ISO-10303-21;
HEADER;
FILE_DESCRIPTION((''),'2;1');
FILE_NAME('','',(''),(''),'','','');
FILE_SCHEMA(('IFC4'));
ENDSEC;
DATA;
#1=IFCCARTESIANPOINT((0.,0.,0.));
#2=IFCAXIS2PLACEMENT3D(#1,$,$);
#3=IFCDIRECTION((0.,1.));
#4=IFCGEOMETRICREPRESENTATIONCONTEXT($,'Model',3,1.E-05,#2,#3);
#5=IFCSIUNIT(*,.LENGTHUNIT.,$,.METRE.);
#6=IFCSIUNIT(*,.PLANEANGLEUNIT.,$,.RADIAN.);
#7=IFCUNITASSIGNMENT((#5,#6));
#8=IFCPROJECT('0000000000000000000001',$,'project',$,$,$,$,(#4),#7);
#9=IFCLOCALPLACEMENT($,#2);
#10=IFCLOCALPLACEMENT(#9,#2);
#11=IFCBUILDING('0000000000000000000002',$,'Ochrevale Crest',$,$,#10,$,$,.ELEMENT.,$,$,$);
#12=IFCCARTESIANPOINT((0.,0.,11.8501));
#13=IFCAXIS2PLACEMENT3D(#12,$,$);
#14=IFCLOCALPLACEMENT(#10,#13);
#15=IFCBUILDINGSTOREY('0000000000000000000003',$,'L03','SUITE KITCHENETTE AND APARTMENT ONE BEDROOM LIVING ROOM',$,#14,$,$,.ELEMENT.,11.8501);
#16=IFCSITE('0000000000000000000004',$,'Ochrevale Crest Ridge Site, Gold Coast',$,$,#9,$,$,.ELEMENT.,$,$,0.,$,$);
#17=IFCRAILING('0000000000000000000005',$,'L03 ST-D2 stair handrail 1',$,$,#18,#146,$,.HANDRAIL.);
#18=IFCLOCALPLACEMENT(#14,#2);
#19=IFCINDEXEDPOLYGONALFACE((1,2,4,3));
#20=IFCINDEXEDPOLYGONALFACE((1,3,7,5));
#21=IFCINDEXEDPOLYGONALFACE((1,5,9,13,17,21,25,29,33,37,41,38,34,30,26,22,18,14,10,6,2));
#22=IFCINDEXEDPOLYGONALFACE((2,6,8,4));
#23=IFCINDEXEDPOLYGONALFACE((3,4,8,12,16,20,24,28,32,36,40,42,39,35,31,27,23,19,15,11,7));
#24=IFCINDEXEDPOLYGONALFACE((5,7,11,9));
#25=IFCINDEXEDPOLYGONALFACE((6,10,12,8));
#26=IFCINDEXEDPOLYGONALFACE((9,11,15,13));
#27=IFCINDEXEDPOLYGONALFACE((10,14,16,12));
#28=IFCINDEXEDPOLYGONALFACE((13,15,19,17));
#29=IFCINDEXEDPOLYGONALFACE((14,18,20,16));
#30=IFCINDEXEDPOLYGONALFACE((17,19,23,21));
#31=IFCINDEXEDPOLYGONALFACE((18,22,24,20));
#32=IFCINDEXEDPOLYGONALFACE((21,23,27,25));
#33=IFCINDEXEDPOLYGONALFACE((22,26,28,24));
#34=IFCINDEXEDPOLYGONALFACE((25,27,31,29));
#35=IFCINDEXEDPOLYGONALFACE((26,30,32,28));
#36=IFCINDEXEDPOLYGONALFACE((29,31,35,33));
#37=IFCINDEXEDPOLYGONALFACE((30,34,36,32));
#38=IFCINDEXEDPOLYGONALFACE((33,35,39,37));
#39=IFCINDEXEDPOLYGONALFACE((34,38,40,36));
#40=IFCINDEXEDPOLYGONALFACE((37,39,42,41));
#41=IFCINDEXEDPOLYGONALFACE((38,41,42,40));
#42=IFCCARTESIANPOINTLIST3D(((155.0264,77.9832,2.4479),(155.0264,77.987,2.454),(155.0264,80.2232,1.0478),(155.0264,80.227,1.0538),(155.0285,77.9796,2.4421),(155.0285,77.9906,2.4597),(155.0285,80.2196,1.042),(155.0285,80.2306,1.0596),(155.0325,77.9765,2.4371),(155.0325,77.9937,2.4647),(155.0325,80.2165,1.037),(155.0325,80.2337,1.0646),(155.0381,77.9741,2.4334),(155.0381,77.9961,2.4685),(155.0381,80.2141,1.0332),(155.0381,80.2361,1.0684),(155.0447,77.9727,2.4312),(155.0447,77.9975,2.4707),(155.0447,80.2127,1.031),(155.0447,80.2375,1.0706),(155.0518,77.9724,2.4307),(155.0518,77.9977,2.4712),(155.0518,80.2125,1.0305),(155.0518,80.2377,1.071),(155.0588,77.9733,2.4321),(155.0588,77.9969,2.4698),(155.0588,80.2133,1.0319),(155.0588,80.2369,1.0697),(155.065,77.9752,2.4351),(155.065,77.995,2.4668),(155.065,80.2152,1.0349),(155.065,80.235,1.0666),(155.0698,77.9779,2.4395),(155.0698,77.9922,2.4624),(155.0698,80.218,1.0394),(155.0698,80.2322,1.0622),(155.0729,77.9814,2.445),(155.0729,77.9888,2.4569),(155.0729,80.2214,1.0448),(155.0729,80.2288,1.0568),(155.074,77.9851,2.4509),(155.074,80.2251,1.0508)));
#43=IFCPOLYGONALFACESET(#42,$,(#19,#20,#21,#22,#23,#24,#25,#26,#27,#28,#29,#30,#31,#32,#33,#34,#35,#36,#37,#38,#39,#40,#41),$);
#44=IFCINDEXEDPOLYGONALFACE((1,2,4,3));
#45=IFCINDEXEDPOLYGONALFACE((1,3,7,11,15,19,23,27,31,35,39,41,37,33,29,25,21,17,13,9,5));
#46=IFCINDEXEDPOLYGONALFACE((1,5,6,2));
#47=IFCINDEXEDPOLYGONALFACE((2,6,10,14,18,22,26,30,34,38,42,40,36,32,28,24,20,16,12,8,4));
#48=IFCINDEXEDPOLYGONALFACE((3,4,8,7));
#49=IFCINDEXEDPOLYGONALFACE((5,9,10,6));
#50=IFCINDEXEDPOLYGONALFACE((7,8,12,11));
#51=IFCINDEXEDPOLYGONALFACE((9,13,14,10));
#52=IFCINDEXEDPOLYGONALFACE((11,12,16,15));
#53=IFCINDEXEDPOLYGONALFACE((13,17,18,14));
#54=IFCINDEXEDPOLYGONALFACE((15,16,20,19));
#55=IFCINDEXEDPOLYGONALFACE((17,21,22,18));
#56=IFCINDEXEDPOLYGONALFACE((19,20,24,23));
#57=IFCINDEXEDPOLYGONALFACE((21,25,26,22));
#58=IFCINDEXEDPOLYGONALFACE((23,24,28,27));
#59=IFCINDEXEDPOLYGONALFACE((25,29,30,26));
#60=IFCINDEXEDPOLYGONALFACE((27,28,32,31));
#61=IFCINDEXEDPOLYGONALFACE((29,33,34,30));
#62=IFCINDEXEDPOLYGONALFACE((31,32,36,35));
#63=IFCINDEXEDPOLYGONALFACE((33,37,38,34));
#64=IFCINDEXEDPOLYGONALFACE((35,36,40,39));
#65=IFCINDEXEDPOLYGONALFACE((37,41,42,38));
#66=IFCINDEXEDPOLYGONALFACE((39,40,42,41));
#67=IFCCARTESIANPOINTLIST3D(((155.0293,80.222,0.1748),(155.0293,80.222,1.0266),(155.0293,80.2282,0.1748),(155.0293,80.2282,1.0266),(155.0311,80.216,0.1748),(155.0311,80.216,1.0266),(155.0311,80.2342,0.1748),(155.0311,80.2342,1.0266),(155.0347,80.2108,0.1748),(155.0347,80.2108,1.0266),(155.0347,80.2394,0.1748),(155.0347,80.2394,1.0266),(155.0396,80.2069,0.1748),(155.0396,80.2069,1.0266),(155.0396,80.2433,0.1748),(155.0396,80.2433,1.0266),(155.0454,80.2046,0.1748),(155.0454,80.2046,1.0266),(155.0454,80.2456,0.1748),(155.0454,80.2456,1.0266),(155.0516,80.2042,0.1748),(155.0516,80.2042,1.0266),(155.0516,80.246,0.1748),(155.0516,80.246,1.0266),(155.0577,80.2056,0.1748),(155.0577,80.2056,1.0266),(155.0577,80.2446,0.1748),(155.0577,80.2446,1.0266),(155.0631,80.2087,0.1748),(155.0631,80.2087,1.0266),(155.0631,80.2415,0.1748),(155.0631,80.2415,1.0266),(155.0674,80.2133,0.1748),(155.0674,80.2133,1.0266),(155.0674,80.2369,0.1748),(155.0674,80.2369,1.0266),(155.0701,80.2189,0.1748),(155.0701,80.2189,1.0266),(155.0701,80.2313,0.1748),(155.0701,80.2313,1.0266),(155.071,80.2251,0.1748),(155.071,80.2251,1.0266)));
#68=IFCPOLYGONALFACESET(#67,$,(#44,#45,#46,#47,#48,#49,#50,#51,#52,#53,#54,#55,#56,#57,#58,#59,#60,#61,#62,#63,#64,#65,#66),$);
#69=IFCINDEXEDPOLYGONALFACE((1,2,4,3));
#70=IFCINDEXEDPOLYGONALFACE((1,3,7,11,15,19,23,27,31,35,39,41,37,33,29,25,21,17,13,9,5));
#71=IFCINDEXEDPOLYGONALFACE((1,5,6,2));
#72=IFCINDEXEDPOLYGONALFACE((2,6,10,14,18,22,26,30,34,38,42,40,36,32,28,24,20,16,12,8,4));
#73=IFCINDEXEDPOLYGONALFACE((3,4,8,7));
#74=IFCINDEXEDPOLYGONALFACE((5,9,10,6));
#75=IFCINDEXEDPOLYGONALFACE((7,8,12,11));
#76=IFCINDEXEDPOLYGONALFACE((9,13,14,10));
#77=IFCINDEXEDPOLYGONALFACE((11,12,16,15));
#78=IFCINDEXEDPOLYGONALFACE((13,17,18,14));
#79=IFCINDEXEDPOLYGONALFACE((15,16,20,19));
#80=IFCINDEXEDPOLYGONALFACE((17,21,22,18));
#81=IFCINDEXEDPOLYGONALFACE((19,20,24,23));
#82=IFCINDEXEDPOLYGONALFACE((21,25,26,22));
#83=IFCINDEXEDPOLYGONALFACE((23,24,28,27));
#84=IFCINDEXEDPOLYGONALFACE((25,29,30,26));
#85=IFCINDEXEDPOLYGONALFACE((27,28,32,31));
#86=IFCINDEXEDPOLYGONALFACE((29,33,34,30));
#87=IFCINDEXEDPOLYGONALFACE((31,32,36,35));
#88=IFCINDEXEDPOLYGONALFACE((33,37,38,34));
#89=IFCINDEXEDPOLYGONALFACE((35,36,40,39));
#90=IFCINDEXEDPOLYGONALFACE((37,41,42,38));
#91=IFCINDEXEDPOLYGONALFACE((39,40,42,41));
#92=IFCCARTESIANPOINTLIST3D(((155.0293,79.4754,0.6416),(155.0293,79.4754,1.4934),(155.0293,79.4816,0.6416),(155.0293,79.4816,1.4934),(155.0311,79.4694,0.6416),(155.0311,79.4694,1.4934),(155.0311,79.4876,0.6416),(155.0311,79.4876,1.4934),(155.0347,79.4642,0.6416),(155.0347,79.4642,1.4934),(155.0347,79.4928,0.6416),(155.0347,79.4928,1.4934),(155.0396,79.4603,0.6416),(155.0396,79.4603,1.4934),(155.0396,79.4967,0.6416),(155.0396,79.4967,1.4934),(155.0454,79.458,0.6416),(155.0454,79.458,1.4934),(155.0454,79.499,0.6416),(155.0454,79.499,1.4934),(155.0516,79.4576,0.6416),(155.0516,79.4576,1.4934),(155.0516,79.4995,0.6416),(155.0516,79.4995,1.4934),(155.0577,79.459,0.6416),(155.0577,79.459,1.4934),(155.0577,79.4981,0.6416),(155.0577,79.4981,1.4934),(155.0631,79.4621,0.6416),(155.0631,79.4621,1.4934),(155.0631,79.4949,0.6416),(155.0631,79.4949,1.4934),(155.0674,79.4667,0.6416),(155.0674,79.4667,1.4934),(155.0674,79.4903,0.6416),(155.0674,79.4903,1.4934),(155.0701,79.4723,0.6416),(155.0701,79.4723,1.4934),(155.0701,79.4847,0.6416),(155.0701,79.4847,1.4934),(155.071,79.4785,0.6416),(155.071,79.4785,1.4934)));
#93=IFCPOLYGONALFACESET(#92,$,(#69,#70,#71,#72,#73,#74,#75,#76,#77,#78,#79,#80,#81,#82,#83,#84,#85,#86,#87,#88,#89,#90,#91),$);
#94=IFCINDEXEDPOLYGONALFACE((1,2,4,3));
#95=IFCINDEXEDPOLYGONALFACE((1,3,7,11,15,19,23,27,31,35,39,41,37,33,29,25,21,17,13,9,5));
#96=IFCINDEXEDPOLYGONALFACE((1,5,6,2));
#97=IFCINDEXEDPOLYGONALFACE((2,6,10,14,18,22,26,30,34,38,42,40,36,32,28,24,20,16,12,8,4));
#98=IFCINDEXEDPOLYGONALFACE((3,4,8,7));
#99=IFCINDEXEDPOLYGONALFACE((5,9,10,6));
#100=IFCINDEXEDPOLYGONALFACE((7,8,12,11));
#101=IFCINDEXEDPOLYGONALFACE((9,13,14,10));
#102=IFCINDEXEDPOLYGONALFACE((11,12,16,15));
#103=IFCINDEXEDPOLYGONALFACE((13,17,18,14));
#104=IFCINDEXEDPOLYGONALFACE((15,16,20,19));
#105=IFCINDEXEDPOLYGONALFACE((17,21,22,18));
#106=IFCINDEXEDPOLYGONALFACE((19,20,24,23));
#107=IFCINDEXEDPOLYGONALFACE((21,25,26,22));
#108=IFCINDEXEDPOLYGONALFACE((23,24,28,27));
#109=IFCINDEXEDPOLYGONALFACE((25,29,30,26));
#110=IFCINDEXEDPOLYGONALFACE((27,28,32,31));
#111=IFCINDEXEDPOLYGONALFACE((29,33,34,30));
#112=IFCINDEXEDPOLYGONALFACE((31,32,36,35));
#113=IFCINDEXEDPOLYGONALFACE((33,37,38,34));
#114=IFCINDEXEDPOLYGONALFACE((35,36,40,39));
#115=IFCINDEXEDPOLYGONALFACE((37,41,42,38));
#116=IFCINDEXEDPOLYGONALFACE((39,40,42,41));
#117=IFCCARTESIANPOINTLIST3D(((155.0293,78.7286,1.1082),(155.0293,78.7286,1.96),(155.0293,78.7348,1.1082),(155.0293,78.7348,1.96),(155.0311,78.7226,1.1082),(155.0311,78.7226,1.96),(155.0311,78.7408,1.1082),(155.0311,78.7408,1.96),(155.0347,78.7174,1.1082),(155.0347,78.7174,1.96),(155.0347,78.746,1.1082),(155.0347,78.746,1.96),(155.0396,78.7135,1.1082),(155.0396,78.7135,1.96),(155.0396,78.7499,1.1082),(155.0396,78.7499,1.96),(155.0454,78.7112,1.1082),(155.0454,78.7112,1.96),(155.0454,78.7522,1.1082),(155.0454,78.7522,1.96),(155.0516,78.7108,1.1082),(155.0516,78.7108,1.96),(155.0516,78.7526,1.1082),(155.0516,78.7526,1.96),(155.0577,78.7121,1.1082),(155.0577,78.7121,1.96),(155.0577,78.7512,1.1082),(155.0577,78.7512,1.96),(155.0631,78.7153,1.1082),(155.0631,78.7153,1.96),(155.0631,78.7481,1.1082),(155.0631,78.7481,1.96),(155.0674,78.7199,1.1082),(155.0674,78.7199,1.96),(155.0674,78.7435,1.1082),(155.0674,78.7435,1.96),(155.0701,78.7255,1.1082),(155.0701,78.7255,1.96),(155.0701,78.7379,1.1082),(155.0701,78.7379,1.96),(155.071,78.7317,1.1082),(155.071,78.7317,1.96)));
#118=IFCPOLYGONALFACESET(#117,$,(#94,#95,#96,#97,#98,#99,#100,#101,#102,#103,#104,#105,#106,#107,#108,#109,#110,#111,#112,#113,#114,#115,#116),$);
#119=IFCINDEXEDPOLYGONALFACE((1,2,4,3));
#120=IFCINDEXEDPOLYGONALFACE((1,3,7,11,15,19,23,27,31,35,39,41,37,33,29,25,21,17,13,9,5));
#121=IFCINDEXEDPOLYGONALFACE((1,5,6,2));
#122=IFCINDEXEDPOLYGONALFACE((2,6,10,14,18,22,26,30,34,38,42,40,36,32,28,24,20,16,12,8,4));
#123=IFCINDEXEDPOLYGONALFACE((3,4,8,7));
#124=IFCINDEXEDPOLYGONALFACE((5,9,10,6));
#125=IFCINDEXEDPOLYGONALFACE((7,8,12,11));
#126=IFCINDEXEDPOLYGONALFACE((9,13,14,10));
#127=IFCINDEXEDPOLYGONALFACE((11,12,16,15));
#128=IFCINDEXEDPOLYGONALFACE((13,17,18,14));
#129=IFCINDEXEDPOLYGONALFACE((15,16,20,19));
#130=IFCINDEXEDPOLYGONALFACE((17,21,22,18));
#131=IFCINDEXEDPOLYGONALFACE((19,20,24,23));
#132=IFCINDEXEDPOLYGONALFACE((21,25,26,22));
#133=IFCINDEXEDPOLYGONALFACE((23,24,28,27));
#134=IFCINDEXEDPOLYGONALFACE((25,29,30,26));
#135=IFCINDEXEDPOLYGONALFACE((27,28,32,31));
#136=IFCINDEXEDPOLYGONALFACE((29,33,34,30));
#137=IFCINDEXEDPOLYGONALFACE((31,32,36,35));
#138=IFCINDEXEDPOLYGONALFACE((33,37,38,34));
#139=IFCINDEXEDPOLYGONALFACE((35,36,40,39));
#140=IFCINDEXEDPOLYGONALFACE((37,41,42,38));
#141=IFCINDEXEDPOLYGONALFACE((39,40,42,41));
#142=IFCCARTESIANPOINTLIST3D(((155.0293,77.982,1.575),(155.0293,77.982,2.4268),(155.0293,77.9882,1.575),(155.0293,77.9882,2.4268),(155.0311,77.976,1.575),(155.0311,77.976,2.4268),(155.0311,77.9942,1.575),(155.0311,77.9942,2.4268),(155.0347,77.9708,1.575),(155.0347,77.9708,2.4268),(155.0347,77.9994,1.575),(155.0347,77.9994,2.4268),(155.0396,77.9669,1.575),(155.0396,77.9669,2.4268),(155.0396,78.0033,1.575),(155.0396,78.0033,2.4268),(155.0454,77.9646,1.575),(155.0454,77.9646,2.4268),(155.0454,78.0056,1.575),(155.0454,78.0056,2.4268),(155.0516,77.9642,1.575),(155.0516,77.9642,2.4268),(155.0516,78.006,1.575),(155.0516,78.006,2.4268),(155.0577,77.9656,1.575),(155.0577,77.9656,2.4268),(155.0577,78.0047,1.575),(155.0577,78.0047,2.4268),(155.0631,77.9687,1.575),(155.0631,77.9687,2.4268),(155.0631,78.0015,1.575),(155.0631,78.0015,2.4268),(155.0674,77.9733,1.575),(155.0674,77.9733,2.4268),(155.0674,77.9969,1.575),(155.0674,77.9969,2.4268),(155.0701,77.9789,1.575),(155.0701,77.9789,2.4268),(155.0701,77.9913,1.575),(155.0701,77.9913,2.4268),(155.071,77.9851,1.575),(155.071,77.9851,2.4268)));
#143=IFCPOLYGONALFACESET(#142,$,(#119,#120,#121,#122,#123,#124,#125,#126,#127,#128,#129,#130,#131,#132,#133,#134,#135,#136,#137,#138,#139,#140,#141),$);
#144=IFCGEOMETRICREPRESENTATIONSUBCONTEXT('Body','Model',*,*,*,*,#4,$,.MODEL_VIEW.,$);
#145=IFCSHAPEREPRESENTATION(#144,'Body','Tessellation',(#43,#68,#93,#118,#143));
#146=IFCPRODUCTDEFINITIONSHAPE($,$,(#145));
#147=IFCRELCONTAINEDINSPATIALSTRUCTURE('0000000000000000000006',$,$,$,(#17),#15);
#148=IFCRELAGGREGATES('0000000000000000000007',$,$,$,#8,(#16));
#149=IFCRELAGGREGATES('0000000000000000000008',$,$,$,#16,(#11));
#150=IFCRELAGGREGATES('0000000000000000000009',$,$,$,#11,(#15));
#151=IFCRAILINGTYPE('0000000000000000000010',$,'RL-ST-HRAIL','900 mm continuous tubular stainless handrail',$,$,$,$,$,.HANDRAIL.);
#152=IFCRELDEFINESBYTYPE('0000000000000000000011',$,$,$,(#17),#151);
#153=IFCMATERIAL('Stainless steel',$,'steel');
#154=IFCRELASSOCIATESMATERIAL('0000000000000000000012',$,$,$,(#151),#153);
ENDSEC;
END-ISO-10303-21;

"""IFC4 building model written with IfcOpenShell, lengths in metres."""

from ifc_helpers import new_model, si_unit, direction, frame, origin, origin_2d, place, context, subcontext, project, spatial, circle, extrude, material, type_object, element, save


model = new_model("IFC4")

# Units and contexts
model_context = context("Model", 3, precision=1e-05, world=origin(), true_north=direction((0.0, 1.0)))
body_context = subcontext(model_context, "Body", "Model", "MODEL_VIEW")
ifc_project = project(units=[si_unit("LENGTHUNIT", "METRE"), si_unit("PLANEANGLEUNIT", "RADIAN")], contexts=[model_context])

# Site, building, storey
site_placement = place(None, origin())
site = spatial("IfcSite", under=ifc_project, at=site_placement, Name="Ochrevale Crest Ridge Site, Gold Coast", CompositionType="ELEMENT", RefElevation=0.0)
building_placement = place(site_placement, origin())
building = spatial("IfcBuilding", under=site, at=building_placement, Name="Ochrevale Crest", CompositionType="ELEMENT")
storey_placement = place(building_placement, frame((0.0, 0.0, 11.8501)))
storey = spatial("IfcBuildingStorey", under=building, at=storey_placement, Name="L03", Description="SUITE KITCHENETTE AND APARTMENT ONE BEDROOM LIVING ROOM", CompositionType="ELEMENT", Elevation=11.8501)

# Railing
ifc_material_1 = material(Name="Stainless steel", Category="steel")
railing_type_1 = type_object("IfcRailingType", Name="RL-ST-HRAIL", Description="900 mm continuous tubular stainless handrail", PredefinedType="HANDRAIL", material=ifc_material_1)
railing_1_placement = place(storey_placement, frame((155.05, 80.2251, 0.1748)))
element("IfcRailing", 1, at=railing_1_placement, inside=storey, type_object=railing_type_1, Name="L03 ST-D2 stair handrail 1", PredefinedType="HANDRAIL", context=body_context, shape_type="SweptSolid", body=[
    extrude(circle(Radius=0.0239, at=origin_2d()), frame((0.0, 0.0, 0.876), z_axis=(0.0, -0.847972, 0.53004), x_axis=(1.0, 0.0, 0.0)), (0.0, 0.0, 1.0), 2.6416),
    extrude(circle(Radius=0.021, at=origin_2d()), origin(), (0.0, 0.0, 1.0), 0.8518),
    extrude(circle(Radius=0.021, at=origin_2d()), frame((0.0, -0.7466, 0.4668)), (0.0, 0.0, 1.0), 0.8518),
    extrude(circle(Radius=0.021, at=origin_2d()), frame((0.0, -1.4934, 0.9333)), (0.0, 0.0, 1.0), 0.8518),
    extrude(circle(Radius=0.021, at=origin_2d()), frame((0.0, -2.24, 1.4001)), (0.0, 0.0, 1.0), 0.8518),
])

save(model, "model.ifc")
